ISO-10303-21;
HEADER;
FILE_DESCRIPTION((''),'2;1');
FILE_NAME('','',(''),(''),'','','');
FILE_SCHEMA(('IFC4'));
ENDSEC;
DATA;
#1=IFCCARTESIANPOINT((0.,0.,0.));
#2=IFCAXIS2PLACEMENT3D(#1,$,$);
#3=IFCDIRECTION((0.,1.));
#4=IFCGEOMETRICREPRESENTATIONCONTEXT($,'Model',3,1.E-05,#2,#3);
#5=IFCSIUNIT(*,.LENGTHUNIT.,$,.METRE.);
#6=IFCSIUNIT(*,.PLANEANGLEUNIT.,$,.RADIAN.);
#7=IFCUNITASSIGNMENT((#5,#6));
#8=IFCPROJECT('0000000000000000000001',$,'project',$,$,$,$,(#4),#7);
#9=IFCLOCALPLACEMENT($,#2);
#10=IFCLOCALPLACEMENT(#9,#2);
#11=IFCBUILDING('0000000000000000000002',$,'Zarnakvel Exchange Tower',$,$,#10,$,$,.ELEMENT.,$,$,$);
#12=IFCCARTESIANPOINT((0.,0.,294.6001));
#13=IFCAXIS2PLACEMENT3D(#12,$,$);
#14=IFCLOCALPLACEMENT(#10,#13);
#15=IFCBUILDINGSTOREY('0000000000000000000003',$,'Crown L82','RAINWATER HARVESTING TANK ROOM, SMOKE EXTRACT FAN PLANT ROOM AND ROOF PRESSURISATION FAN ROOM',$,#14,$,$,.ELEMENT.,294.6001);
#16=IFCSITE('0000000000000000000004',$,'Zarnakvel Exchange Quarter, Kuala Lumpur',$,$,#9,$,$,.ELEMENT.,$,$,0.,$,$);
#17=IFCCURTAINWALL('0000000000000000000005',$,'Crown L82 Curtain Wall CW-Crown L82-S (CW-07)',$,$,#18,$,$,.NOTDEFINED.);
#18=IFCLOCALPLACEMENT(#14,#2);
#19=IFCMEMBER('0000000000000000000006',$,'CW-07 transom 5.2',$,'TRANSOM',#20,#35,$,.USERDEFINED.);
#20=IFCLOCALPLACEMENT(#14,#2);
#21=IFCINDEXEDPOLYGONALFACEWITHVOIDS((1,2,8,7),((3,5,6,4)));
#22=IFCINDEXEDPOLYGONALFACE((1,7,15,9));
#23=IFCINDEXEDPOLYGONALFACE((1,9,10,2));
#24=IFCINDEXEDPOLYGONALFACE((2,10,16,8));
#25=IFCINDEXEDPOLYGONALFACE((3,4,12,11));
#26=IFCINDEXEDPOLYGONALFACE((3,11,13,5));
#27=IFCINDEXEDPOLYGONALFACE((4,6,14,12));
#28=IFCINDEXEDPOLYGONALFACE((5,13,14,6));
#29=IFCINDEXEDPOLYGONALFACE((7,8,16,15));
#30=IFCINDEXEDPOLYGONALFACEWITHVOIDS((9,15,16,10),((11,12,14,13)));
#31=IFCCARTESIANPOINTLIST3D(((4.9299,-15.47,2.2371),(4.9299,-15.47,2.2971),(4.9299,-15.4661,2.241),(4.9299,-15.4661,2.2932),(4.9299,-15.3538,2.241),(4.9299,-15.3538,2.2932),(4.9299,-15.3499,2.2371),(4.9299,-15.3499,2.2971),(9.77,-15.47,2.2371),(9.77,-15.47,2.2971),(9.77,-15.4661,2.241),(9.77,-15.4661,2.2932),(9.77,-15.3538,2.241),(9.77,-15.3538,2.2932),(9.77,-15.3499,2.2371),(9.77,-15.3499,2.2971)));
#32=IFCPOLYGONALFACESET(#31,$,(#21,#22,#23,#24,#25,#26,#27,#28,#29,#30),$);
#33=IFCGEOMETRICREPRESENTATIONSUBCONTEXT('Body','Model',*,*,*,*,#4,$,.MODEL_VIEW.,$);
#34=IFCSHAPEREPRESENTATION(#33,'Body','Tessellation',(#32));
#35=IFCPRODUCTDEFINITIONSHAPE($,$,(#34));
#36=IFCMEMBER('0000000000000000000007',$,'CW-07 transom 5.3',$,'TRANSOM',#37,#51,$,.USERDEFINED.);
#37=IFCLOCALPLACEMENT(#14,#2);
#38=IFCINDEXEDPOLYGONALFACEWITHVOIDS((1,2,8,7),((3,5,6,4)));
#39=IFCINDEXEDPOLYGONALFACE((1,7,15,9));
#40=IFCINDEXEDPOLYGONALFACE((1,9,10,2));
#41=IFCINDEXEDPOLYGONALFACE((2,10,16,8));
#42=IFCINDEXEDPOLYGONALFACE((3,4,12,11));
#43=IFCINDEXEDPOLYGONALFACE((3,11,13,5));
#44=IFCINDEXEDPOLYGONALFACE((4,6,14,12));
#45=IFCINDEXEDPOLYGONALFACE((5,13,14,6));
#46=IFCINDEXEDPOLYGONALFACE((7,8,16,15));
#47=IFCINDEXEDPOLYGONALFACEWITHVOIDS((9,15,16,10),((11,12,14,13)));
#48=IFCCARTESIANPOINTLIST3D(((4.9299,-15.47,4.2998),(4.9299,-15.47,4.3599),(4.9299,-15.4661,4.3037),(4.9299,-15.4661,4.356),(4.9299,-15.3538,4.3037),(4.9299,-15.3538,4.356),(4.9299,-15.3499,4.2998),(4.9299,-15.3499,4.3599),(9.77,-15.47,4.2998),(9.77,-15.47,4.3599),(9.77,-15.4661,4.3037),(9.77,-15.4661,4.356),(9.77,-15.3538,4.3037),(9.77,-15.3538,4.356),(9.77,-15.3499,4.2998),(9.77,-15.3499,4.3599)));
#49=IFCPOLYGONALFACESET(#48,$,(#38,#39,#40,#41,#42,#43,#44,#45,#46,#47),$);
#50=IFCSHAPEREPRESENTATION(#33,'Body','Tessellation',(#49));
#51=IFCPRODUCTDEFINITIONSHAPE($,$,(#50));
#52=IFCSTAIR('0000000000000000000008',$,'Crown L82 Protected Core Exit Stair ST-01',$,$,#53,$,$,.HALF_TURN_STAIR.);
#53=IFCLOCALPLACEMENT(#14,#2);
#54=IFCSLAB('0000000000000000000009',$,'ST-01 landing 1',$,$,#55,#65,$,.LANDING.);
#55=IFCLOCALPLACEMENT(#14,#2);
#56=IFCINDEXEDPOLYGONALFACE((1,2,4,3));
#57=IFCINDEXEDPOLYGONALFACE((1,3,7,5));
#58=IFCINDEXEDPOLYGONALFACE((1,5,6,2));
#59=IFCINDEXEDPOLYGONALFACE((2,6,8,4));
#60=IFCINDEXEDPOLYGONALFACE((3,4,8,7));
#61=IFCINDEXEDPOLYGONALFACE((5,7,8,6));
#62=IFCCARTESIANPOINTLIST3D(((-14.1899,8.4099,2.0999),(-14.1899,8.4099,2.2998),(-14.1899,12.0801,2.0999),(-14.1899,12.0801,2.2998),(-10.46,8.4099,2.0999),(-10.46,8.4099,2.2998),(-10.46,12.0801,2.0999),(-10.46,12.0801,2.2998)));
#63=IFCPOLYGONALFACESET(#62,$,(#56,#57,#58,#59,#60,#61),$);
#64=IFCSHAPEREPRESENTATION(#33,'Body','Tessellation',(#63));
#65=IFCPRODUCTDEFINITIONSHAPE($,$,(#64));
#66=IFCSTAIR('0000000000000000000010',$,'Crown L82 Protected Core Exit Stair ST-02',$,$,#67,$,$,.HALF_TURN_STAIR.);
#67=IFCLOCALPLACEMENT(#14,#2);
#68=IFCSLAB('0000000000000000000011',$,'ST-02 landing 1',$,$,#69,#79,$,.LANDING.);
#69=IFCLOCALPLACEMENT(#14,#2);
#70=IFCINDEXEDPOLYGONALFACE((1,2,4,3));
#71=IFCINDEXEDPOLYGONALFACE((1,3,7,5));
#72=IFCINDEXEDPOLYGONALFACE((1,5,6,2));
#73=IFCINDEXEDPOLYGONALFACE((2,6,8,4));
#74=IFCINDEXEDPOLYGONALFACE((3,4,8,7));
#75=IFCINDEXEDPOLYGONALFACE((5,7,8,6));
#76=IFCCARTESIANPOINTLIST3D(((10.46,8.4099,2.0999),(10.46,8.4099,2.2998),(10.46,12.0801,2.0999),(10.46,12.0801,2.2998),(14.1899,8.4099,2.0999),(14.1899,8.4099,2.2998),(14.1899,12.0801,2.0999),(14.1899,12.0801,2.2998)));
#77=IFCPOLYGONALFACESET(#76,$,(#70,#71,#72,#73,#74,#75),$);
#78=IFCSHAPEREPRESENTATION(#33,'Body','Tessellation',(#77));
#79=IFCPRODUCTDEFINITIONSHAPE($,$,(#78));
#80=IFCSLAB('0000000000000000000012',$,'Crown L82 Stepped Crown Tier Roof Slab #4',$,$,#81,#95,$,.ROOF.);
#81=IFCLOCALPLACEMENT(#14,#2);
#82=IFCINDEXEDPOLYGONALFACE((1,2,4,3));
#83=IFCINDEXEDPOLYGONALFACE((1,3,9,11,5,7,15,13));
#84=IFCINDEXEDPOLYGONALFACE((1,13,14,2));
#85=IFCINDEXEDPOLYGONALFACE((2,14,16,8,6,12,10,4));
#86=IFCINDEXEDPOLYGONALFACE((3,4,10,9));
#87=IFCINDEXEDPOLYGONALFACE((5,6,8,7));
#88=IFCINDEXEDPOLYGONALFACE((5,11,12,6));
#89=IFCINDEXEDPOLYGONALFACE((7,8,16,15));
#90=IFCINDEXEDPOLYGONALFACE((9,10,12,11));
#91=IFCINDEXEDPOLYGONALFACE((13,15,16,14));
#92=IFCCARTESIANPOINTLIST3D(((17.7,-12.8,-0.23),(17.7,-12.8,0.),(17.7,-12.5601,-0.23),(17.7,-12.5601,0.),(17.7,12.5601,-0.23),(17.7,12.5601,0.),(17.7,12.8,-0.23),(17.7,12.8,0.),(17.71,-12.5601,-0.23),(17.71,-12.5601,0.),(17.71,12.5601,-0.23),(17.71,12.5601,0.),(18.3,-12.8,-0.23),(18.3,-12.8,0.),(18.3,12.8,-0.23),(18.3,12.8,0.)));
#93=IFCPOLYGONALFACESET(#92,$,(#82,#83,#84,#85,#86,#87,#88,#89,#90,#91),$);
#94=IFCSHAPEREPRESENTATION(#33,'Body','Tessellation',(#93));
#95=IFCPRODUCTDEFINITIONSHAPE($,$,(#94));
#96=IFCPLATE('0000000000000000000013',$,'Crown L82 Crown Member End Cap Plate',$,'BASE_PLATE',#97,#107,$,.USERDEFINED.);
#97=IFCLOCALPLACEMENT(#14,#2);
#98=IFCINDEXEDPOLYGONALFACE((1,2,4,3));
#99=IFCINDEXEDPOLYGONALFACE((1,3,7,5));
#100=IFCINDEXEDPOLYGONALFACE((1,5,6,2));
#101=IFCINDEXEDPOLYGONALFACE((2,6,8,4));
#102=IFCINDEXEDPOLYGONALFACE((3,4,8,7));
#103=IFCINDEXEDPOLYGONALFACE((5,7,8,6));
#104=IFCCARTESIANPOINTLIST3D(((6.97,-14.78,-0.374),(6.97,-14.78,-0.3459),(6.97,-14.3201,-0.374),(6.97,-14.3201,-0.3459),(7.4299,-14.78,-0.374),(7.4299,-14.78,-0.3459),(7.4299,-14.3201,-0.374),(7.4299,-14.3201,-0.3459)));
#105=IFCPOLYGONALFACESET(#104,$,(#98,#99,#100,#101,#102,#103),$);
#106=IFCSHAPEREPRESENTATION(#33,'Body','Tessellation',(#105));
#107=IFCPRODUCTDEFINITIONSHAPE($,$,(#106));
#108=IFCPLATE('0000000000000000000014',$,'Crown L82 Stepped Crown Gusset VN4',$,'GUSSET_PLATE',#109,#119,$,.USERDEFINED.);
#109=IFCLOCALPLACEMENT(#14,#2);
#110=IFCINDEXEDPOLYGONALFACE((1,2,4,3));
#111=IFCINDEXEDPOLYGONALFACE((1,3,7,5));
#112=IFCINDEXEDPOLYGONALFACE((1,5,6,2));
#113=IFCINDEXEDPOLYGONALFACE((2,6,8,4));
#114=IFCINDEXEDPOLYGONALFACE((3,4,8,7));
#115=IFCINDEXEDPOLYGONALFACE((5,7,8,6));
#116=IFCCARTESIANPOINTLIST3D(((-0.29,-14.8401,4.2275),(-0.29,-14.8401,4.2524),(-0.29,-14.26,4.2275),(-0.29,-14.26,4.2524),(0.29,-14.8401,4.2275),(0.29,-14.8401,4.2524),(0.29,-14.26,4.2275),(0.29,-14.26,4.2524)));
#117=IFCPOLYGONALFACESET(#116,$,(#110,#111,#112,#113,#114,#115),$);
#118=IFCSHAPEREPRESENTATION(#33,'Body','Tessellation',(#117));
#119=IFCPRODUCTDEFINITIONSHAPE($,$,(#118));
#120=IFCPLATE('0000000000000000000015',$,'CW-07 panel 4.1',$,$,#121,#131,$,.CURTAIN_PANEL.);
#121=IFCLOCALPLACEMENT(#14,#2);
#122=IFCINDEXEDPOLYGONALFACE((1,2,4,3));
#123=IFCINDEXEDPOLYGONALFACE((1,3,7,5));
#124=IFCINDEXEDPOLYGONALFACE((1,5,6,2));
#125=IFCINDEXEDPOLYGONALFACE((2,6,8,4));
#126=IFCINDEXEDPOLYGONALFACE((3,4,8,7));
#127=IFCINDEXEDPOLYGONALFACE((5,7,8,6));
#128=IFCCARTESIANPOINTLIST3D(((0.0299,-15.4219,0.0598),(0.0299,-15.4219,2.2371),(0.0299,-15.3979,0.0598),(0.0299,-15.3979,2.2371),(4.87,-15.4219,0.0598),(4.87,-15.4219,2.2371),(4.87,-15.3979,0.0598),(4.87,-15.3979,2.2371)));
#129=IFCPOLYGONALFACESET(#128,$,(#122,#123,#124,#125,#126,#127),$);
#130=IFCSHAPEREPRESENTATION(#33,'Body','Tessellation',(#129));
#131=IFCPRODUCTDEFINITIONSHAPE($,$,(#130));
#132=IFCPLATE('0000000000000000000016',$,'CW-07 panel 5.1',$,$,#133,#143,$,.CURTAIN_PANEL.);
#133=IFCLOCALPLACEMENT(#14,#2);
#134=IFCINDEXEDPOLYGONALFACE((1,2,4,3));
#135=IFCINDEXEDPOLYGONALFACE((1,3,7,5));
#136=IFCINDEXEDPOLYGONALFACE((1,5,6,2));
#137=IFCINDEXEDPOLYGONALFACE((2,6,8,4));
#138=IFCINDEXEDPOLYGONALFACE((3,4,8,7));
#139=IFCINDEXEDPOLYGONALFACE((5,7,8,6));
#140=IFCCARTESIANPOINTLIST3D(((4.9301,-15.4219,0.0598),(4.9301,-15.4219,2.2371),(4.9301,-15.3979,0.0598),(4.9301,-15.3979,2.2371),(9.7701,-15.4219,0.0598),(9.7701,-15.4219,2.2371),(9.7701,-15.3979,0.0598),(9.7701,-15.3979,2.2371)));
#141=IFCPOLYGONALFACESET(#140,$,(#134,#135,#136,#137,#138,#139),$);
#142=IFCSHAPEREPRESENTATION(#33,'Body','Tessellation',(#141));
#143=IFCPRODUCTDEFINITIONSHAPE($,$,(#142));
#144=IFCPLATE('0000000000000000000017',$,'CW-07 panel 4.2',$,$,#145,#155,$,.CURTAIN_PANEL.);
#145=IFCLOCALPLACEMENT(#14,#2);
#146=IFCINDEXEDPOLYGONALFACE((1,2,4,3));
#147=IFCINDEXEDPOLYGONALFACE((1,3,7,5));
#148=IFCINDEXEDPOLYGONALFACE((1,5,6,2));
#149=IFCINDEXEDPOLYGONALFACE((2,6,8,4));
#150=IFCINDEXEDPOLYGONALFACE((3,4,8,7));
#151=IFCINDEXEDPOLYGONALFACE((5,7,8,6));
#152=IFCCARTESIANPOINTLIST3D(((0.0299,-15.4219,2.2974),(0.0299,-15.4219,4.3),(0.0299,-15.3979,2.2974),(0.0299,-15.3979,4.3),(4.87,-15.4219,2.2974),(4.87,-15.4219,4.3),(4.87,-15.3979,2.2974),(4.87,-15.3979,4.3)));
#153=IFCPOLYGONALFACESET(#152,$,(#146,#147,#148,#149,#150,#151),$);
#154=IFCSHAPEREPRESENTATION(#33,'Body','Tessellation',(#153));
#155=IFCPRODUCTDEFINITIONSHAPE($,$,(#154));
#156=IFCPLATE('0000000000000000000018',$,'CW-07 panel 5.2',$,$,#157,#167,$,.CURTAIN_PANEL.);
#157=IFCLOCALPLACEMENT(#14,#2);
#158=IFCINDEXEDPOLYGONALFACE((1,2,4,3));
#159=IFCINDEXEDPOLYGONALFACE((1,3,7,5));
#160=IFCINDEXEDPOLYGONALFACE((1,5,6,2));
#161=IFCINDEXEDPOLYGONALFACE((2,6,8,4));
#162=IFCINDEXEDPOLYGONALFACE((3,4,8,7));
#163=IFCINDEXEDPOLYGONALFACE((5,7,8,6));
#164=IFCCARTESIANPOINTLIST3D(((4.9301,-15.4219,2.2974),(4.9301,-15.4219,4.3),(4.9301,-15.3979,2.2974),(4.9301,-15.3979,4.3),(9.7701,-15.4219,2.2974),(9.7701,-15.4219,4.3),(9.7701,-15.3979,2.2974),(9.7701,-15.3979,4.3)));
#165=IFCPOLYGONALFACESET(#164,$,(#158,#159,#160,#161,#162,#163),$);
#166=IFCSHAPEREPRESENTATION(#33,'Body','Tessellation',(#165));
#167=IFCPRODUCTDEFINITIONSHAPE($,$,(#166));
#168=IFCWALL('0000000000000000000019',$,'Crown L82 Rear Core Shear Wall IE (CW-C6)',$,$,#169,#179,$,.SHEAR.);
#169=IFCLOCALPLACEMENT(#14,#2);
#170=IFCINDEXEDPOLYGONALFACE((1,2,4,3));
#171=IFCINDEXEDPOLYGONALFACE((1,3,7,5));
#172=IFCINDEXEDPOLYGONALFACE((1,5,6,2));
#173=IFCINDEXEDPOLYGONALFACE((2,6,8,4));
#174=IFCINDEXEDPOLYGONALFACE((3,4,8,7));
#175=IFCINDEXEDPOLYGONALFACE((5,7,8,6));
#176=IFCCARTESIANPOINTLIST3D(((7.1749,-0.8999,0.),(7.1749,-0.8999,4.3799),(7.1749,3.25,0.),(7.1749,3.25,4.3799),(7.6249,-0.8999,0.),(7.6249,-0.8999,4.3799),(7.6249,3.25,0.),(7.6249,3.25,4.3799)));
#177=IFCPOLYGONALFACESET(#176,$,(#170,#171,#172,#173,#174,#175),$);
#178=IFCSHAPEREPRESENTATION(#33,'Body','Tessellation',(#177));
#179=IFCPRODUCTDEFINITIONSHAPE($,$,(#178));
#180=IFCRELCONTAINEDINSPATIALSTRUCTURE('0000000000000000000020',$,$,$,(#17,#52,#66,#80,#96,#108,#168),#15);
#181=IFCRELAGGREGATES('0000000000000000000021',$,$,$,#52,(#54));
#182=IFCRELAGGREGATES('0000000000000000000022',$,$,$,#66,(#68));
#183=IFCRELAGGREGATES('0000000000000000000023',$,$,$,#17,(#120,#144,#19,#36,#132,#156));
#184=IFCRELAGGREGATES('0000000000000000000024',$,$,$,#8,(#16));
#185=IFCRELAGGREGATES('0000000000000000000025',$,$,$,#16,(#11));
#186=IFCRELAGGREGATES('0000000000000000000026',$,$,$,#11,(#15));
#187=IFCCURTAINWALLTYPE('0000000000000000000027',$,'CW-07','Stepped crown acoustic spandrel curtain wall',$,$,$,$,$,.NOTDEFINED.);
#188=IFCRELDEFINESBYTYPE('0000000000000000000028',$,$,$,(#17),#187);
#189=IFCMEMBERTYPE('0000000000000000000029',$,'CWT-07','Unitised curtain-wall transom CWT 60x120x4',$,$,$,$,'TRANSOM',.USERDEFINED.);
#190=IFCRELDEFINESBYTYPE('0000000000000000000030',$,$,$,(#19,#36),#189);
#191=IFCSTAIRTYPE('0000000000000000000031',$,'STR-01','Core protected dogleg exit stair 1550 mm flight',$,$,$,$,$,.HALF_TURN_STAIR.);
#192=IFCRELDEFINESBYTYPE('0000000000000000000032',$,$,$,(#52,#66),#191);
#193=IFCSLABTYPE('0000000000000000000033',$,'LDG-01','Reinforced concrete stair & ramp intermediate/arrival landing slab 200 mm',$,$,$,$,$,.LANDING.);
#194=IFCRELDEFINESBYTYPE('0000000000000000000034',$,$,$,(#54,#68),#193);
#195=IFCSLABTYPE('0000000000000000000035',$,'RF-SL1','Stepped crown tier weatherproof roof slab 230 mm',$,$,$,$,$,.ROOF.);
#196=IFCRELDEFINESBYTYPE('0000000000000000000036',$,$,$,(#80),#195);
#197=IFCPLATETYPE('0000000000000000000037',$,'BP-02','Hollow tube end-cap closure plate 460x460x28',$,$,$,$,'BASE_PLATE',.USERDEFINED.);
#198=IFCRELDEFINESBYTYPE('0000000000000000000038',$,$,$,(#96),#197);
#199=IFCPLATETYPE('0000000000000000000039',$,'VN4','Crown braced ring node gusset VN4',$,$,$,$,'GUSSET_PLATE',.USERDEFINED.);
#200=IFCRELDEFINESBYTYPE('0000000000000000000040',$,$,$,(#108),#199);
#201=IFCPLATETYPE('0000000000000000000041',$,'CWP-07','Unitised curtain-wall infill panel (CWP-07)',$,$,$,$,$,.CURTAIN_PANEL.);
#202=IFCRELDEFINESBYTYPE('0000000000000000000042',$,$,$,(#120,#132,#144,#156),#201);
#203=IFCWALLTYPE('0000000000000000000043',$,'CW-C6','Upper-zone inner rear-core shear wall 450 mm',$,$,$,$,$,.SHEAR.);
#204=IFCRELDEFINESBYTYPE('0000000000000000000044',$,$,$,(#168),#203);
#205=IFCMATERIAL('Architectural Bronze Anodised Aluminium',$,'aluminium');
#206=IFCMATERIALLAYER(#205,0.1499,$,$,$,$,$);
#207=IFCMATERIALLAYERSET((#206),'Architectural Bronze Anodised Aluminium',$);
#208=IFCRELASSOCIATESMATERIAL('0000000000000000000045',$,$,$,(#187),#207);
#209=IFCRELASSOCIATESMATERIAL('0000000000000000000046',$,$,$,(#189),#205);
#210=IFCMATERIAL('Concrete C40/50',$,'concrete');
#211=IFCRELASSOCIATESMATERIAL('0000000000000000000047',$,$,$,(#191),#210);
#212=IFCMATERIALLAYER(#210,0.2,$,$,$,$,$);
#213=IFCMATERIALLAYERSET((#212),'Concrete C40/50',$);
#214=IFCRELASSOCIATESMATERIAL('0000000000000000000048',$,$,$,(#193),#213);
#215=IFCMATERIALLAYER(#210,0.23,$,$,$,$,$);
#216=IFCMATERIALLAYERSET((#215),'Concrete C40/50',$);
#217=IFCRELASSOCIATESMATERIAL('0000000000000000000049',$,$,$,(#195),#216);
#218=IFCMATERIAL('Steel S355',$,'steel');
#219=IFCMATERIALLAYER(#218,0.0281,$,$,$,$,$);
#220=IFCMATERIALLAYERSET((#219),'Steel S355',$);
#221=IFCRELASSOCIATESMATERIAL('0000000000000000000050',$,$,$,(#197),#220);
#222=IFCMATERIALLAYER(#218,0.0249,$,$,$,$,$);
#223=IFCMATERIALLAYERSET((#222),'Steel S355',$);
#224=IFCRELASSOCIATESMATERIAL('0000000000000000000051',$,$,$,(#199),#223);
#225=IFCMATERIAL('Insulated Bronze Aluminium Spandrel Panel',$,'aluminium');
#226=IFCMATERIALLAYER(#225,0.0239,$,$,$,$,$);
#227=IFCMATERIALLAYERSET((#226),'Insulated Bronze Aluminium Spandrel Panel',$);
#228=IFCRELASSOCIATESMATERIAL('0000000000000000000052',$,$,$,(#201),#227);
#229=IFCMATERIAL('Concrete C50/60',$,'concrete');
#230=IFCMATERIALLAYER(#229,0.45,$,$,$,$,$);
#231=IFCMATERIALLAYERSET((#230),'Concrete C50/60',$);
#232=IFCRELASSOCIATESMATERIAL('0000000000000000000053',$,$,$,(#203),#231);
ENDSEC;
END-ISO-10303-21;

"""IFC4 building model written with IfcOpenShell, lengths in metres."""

from ifc_helpers import new_model, si_unit, direction, frame, frame_2d, origin, origin_2d, place, context, subcontext, project, spatial, polyline, rectangle, hollow_rectangle, outline, extrude, source, transform, mapped, material, layer, layer_set, material_profile, profile_set, type_object, element, aggregate, save


model = new_model("IFC4")

# Units and contexts
model_context = context("Model", 3, precision=1e-05, world=origin(), true_north=direction((0.0, 1.0)))
body_context = subcontext(model_context, "Body", "Model", "MODEL_VIEW")
ifc_project = project(units=[si_unit("LENGTHUNIT", "METRE"), si_unit("PLANEANGLEUNIT", "RADIAN")], contexts=[model_context])

# Site, building, storey
site_placement = place(None, origin())
site = spatial("IfcSite", under=ifc_project, at=site_placement, Name="Zarnakvel Exchange Quarter, Kuala Lumpur", CompositionType="ELEMENT", RefElevation=0.0)
building_placement = place(site_placement, origin())
building = spatial("IfcBuilding", under=site, at=building_placement, Name="Zarnakvel Exchange Tower", CompositionType="ELEMENT")
storey_placement = place(building_placement, frame((0.0, 0.0, 294.6001)))
storey = spatial("IfcBuildingStorey", under=building, at=storey_placement, Name="Crown L82", Description="RAINWATER HARVESTING TANK ROOM, SMOKE EXTRACT FAN PLANT ROOM AND ROOF PRESSURISATION FAN ROOM", CompositionType="ELEMENT", Elevation=294.6001)

# Shared definitions
ifc_material_1 = material(Name="Concrete C50/60", Category="concrete")
ifc_material_2 = material(Name="Steel S355", Category="steel")

# Curtain wall, members
ifc_material_3 = material(Name="Architectural Bronze Anodised Aluminium", Category="aluminium")
ifc_layer_1 = layer(ifc_material_3, 0.1499)
ifc_layer_set_1 = layer_set([ifc_layer_1], Name="Architectural Bronze Anodised Aluminium")
curtain_wall_type = type_object("IfcCurtainWallType", Name="CW-07", Description="Stepped crown acoustic spandrel curtain wall", PredefinedType="NOTDEFINED", material=ifc_layer_set_1)
curtain_wall_placement = place(storey_placement, origin())
curtain_wall = element("IfcCurtainWall", 1, at=curtain_wall_placement, inside=storey, type_object=curtain_wall_type, Name="Crown L82 Curtain Wall CW-Crown L82-S (CW-07)", PredefinedType="NOTDEFINED")
ifc_material_profile_1 = material_profile(ifc_material_3, hollow_rectangle(XDim=0.1201, YDim=0.0601, WallThickness=0.0039, at=origin_2d()))
ifc_profile_set_1 = profile_set([ifc_material_profile_1], Name="Architectural Bronze Anodised Aluminium")
member_type_1 = type_object("IfcMemberType", Name="CWT-07", Description="Unitised curtain-wall transom CWT 60x120x4", ElementType="TRANSOM", PredefinedType="USERDEFINED", material=ifc_profile_set_1)
shared_shape_1 = source(origin(), body_context, "Body", "SweptSolid", [
    extrude(hollow_rectangle(XDim=0.1201, YDim=0.0601, WallThickness=0.0039, at=origin_2d()), origin(), (0.0, 0.0, 1.0), 4.8401),
])
member_1_placement = place(storey_placement, frame((4.9299, -15.4099, 2.2671), z_axis=(1.0, 0.0, 0.0), x_axis=(0.0, 1.0, 0.0)))
member_1 = element("IfcMember", 2, at=member_1_placement, type_object=member_type_1, Name="CW-07 transom 5.2", ObjectType="TRANSOM", PredefinedType="USERDEFINED", context=body_context, shape_type="MappedRepresentation", body=[
    mapped(shared_shape_1, transform((0.0, 0.0, 0.0), x_axis=(1.0, 0.0, 0.0), y_axis=(0.0, 1.0, 0.0), z_axis=(0.0, 0.0, 1.0), scale=1.0)),
])
member_2_placement = place(storey_placement, frame((4.9299, -15.4099, 4.3298), z_axis=(1.0, 0.0, 0.0), x_axis=(0.0, 1.0, 0.0)))
member_2 = element("IfcMember", 3, at=member_2_placement, type_object=member_type_1, Name="CW-07 transom 5.3", ObjectType="TRANSOM", PredefinedType="USERDEFINED", context=body_context, shape_type="MappedRepresentation", body=[
    mapped(shared_shape_1, transform((0.0, 0.0, 0.0), x_axis=(1.0, 0.0, 0.0), y_axis=(0.0, 1.0, 0.0), z_axis=(0.0, 0.0, 1.0), scale=1.0)),
])

# Stairs, slabs
ifc_material_4 = material(Name="Concrete C40/50", Category="concrete")
stair_type = type_object("IfcStairType", Name="STR-01", Description="Core protected dogleg exit stair 1550 mm flight", PredefinedType="HALF_TURN_STAIR", material=ifc_material_4)
stair_1_placement = place(storey_placement, origin())
stair_1 = element("IfcStair", 4, at=stair_1_placement, inside=storey, type_object=stair_type, Name="Crown L82 Protected Core Exit Stair ST-01", PredefinedType="HALF_TURN_STAIR")
ifc_layer_2 = layer(ifc_material_4, 0.2)
ifc_layer_set_2 = layer_set([ifc_layer_2], Name="Concrete C40/50")
slab_type_1 = type_object("IfcSlabType", Name="LDG-01", Description="Reinforced concrete stair & ramp intermediate/arrival landing slab 200 mm", PredefinedType="LANDING", material=ifc_layer_set_2)
slab_1_placement = place(storey_placement, frame((0.0, 0.0, 2.0999)))
slab_1 = element("IfcSlab", 5, at=slab_1_placement, type_object=slab_type_1, Name="ST-01 landing 1", PredefinedType="LANDING", context=body_context, shape_type="SweptSolid", body=[
    extrude(outline(polyline([(-14.1899, 8.4099), (-10.46, 8.4099), (-10.46, 12.0801), (-14.1899, 12.0801), (-14.1899, 8.4099)])), origin(), (0.0, 0.0, 1.0), 0.2),
])
aggregate(stair_1, [slab_1])
stair_2_placement = place(storey_placement, origin())
stair_2 = element("IfcStair", 6, at=stair_2_placement, inside=storey, type_object=stair_type, Name="Crown L82 Protected Core Exit Stair ST-02", PredefinedType="HALF_TURN_STAIR")
slab_2_placement = place(storey_placement, frame((0.0, 0.0, 2.0999)))
slab_2 = element("IfcSlab", 7, at=slab_2_placement, type_object=slab_type_1, Name="ST-02 landing 1", PredefinedType="LANDING", context=body_context, shape_type="SweptSolid", body=[
    extrude(outline(polyline([(10.46, 8.4099), (14.1899, 8.4099), (14.1899, 12.0801), (10.46, 12.0801), (10.46, 8.4099)])), origin(), (0.0, 0.0, 1.0), 0.2),
])
aggregate(stair_2, [slab_2])

# Slab
ifc_layer_3 = layer(ifc_material_4, 0.23)
ifc_layer_set_3 = layer_set([ifc_layer_3], Name="Concrete C40/50")
slab_type_2 = type_object("IfcSlabType", Name="RF-SL1", Description="Stepped crown tier weatherproof roof slab 230 mm", PredefinedType="ROOF", material=ifc_layer_set_3)
slab_3_placement = place(storey_placement, frame((0.0, 0.0, -0.23)))
element("IfcSlab", 8, at=slab_3_placement, inside=storey, type_object=slab_type_2, Name="Crown L82 Stepped Crown Tier Roof Slab #4", PredefinedType="ROOF", context=body_context, shape_type="SweptSolid", body=[
    extrude(outline(polyline([(18.3, 12.8), (18.3, -12.8), (17.7, -12.8), (17.7, -12.5601), (17.71, -12.5601), (17.71, 12.5601), (17.7, 12.5601), (17.7, 12.8), (18.3, 12.8)])), origin(), (0.0, 0.0, 1.0), 0.23),
])

# Plates
ifc_layer_4 = layer(ifc_material_2, 0.0281)
ifc_layer_set_4 = layer_set([ifc_layer_4], Name="Steel S355")
plate_type_1 = type_object("IfcPlateType", Name="BP-02", Description="Hollow tube end-cap closure plate 460x460x28", ElementType="BASE_PLATE", PredefinedType="USERDEFINED", material=ifc_layer_set_4)
shared_shape_2 = source(origin(), body_context, "Body", "SweptSolid", [
    extrude(rectangle(XDim=0.46, YDim=0.46, at=origin_2d()), origin(), (0.0, 0.0, 1.0), 0.0281),
])
plate_1_placement = place(storey_placement, frame((7.2, -14.55, -0.374), z_axis=(0.0, 0.0, 1.0), x_axis=(1.0, 0.0, 0.0)))
element("IfcPlate", 9, at=plate_1_placement, inside=storey, type_object=plate_type_1, Name="Crown L82 Crown Member End Cap Plate", ObjectType="BASE_PLATE", PredefinedType="USERDEFINED", context=body_context, shape_type="MappedRepresentation", body=[
    mapped(shared_shape_2, transform((0.0, 0.0, 0.0), x_axis=(1.0, 0.0, 0.0), y_axis=(0.0, 1.0, 0.0), z_axis=(0.0, 0.0, 1.0), scale=1.0)),
])
ifc_layer_5 = layer(ifc_material_2, 0.0249)
ifc_layer_set_5 = layer_set([ifc_layer_5], Name="Steel S355")
plate_type_2 = type_object("IfcPlateType", Name="VN4", Description="Crown braced ring node gusset VN4", ElementType="GUSSET_PLATE", PredefinedType="USERDEFINED", material=ifc_layer_set_5)
shared_shape_3 = source(origin(), body_context, "Body", "SweptSolid", [
    extrude(rectangle(XDim=0.5801, YDim=0.5801, at=origin_2d()), origin(), (0.0, 0.0, 1.0), 0.0249),
])
plate_2_placement = place(storey_placement, frame((0.0, -14.55, 4.2275), z_axis=(0.0, 0.0, 1.0), x_axis=(1.0, 0.0, 0.0)))
element("IfcPlate", 10, at=plate_2_placement, inside=storey, type_object=plate_type_2, Name="Crown L82 Stepped Crown Gusset VN4", ObjectType="GUSSET_PLATE", PredefinedType="USERDEFINED", context=body_context, shape_type="MappedRepresentation", body=[
    mapped(shared_shape_3, transform((0.0, 0.0, 0.0), x_axis=(1.0, 0.0, 0.0), y_axis=(0.0, 1.0, 0.0), z_axis=(0.0, 0.0, 1.0), scale=1.0)),
])

# Plates
ifc_material_5 = material(Name="Insulated Bronze Aluminium Spandrel Panel", Category="aluminium")
ifc_layer_6 = layer(ifc_material_5, 0.0239)
ifc_layer_set_6 = layer_set([ifc_layer_6], Name="Insulated Bronze Aluminium Spandrel Panel")
plate_type_3 = type_object("IfcPlateType", Name="CWP-07", Description="Unitised curtain-wall infill panel (CWP-07)", PredefinedType="CURTAIN_PANEL", material=ifc_layer_set_6)
shared_shape_4 = source(origin(), body_context, "Body", "SweptSolid", [
    extrude(rectangle(XDim=4.8401, YDim=0.0239, at=origin_2d()), origin(), (0.0, 0.0, 1.0), 2.1772),
])
plate_3_placement = place(storey_placement, frame((2.45, -15.4099, 0.0598), z_axis=(0.0, 0.0, 1.0), x_axis=(1.0, 0.0, 0.0)))
plate_3 = element("IfcPlate", 11, at=plate_3_placement, type_object=plate_type_3, Name="CW-07 panel 4.1", PredefinedType="CURTAIN_PANEL", context=body_context, shape_type="MappedRepresentation", body=[
    mapped(shared_shape_4, transform((0.0, 0.0, 0.0), x_axis=(1.0, 0.0, 0.0), y_axis=(0.0, 1.0, 0.0), z_axis=(0.0, 0.0, 1.0), scale=1.0)),
])
plate_4_placement = place(storey_placement, frame((7.3501, -15.4099, 0.0598), z_axis=(0.0, 0.0, 1.0), x_axis=(1.0, 0.0, 0.0)))
plate_4 = element("IfcPlate", 12, at=plate_4_placement, type_object=plate_type_3, Name="CW-07 panel 5.1", PredefinedType="CURTAIN_PANEL", context=body_context, shape_type="MappedRepresentation", body=[
    mapped(shared_shape_4, transform((0.0, 0.0, 0.0), x_axis=(1.0, 0.0, 0.0), y_axis=(0.0, 1.0, 0.0), z_axis=(0.0, 0.0, 1.0), scale=1.0)),
])
shared_shape_5 = source(origin(), body_context, "Body", "SweptSolid", [
    extrude(rectangle(XDim=4.8401, YDim=0.0239, at=origin_2d()), origin(), (0.0, 0.0, 1.0), 2.0027),
])
plate_5_placement = place(storey_placement, frame((2.45, -15.4099, 2.2974), z_axis=(0.0, 0.0, 1.0), x_axis=(1.0, 0.0, 0.0)))
plate_5 = element("IfcPlate", 13, at=plate_5_placement, type_object=plate_type_3, Name="CW-07 panel 4.2", PredefinedType="CURTAIN_PANEL", context=body_context, shape_type="MappedRepresentation", body=[
    mapped(shared_shape_5, transform((0.0, 0.0, 0.0), x_axis=(1.0, 0.0, 0.0), y_axis=(0.0, 1.0, 0.0), z_axis=(0.0, 0.0, 1.0), scale=1.0)),
])
plate_6_placement = place(storey_placement, frame((7.3501, -15.4099, 2.2974), z_axis=(0.0, 0.0, 1.0), x_axis=(1.0, 0.0, 0.0)))
plate_6 = element("IfcPlate", 14, at=plate_6_placement, type_object=plate_type_3, Name="CW-07 panel 5.2", PredefinedType="CURTAIN_PANEL", context=body_context, shape_type="MappedRepresentation", body=[
    mapped(shared_shape_5, transform((0.0, 0.0, 0.0), x_axis=(1.0, 0.0, 0.0), y_axis=(0.0, 1.0, 0.0), z_axis=(0.0, 0.0, 1.0), scale=1.0)),
])
aggregate(curtain_wall, [plate_3, plate_5, member_1, member_2, plate_4, plate_6])

# Wall
ifc_layer_7 = layer(ifc_material_1, 0.45)
ifc_layer_set_7 = layer_set([ifc_layer_7], Name="Concrete C50/60")
wall_type_1 = type_object("IfcWallType", Name="CW-C6", Description="Upper-zone inner rear-core shear wall 450 mm", PredefinedType="SHEAR", material=ifc_layer_set_7)
wall_1_placement = place(storey_placement, frame((7.3999, -0.8999, 0.0), z_axis=(0.0, 0.0, 1.0), x_axis=(0.0, 1.0, 0.0)))
element("IfcWall", 15, at=wall_1_placement, inside=storey, type_object=wall_type_1, Name="Crown L82 Rear Core Shear Wall IE (CW-C6)", PredefinedType="SHEAR", context=body_context, shape_type="SweptSolid", body=[
    extrude(rectangle(XDim=4.1499, YDim=0.45, at=frame_2d((2.075, 0.0))), origin(), (0.0, 0.0, 1.0), 4.3799),
])

save(model, "model.ifc")
